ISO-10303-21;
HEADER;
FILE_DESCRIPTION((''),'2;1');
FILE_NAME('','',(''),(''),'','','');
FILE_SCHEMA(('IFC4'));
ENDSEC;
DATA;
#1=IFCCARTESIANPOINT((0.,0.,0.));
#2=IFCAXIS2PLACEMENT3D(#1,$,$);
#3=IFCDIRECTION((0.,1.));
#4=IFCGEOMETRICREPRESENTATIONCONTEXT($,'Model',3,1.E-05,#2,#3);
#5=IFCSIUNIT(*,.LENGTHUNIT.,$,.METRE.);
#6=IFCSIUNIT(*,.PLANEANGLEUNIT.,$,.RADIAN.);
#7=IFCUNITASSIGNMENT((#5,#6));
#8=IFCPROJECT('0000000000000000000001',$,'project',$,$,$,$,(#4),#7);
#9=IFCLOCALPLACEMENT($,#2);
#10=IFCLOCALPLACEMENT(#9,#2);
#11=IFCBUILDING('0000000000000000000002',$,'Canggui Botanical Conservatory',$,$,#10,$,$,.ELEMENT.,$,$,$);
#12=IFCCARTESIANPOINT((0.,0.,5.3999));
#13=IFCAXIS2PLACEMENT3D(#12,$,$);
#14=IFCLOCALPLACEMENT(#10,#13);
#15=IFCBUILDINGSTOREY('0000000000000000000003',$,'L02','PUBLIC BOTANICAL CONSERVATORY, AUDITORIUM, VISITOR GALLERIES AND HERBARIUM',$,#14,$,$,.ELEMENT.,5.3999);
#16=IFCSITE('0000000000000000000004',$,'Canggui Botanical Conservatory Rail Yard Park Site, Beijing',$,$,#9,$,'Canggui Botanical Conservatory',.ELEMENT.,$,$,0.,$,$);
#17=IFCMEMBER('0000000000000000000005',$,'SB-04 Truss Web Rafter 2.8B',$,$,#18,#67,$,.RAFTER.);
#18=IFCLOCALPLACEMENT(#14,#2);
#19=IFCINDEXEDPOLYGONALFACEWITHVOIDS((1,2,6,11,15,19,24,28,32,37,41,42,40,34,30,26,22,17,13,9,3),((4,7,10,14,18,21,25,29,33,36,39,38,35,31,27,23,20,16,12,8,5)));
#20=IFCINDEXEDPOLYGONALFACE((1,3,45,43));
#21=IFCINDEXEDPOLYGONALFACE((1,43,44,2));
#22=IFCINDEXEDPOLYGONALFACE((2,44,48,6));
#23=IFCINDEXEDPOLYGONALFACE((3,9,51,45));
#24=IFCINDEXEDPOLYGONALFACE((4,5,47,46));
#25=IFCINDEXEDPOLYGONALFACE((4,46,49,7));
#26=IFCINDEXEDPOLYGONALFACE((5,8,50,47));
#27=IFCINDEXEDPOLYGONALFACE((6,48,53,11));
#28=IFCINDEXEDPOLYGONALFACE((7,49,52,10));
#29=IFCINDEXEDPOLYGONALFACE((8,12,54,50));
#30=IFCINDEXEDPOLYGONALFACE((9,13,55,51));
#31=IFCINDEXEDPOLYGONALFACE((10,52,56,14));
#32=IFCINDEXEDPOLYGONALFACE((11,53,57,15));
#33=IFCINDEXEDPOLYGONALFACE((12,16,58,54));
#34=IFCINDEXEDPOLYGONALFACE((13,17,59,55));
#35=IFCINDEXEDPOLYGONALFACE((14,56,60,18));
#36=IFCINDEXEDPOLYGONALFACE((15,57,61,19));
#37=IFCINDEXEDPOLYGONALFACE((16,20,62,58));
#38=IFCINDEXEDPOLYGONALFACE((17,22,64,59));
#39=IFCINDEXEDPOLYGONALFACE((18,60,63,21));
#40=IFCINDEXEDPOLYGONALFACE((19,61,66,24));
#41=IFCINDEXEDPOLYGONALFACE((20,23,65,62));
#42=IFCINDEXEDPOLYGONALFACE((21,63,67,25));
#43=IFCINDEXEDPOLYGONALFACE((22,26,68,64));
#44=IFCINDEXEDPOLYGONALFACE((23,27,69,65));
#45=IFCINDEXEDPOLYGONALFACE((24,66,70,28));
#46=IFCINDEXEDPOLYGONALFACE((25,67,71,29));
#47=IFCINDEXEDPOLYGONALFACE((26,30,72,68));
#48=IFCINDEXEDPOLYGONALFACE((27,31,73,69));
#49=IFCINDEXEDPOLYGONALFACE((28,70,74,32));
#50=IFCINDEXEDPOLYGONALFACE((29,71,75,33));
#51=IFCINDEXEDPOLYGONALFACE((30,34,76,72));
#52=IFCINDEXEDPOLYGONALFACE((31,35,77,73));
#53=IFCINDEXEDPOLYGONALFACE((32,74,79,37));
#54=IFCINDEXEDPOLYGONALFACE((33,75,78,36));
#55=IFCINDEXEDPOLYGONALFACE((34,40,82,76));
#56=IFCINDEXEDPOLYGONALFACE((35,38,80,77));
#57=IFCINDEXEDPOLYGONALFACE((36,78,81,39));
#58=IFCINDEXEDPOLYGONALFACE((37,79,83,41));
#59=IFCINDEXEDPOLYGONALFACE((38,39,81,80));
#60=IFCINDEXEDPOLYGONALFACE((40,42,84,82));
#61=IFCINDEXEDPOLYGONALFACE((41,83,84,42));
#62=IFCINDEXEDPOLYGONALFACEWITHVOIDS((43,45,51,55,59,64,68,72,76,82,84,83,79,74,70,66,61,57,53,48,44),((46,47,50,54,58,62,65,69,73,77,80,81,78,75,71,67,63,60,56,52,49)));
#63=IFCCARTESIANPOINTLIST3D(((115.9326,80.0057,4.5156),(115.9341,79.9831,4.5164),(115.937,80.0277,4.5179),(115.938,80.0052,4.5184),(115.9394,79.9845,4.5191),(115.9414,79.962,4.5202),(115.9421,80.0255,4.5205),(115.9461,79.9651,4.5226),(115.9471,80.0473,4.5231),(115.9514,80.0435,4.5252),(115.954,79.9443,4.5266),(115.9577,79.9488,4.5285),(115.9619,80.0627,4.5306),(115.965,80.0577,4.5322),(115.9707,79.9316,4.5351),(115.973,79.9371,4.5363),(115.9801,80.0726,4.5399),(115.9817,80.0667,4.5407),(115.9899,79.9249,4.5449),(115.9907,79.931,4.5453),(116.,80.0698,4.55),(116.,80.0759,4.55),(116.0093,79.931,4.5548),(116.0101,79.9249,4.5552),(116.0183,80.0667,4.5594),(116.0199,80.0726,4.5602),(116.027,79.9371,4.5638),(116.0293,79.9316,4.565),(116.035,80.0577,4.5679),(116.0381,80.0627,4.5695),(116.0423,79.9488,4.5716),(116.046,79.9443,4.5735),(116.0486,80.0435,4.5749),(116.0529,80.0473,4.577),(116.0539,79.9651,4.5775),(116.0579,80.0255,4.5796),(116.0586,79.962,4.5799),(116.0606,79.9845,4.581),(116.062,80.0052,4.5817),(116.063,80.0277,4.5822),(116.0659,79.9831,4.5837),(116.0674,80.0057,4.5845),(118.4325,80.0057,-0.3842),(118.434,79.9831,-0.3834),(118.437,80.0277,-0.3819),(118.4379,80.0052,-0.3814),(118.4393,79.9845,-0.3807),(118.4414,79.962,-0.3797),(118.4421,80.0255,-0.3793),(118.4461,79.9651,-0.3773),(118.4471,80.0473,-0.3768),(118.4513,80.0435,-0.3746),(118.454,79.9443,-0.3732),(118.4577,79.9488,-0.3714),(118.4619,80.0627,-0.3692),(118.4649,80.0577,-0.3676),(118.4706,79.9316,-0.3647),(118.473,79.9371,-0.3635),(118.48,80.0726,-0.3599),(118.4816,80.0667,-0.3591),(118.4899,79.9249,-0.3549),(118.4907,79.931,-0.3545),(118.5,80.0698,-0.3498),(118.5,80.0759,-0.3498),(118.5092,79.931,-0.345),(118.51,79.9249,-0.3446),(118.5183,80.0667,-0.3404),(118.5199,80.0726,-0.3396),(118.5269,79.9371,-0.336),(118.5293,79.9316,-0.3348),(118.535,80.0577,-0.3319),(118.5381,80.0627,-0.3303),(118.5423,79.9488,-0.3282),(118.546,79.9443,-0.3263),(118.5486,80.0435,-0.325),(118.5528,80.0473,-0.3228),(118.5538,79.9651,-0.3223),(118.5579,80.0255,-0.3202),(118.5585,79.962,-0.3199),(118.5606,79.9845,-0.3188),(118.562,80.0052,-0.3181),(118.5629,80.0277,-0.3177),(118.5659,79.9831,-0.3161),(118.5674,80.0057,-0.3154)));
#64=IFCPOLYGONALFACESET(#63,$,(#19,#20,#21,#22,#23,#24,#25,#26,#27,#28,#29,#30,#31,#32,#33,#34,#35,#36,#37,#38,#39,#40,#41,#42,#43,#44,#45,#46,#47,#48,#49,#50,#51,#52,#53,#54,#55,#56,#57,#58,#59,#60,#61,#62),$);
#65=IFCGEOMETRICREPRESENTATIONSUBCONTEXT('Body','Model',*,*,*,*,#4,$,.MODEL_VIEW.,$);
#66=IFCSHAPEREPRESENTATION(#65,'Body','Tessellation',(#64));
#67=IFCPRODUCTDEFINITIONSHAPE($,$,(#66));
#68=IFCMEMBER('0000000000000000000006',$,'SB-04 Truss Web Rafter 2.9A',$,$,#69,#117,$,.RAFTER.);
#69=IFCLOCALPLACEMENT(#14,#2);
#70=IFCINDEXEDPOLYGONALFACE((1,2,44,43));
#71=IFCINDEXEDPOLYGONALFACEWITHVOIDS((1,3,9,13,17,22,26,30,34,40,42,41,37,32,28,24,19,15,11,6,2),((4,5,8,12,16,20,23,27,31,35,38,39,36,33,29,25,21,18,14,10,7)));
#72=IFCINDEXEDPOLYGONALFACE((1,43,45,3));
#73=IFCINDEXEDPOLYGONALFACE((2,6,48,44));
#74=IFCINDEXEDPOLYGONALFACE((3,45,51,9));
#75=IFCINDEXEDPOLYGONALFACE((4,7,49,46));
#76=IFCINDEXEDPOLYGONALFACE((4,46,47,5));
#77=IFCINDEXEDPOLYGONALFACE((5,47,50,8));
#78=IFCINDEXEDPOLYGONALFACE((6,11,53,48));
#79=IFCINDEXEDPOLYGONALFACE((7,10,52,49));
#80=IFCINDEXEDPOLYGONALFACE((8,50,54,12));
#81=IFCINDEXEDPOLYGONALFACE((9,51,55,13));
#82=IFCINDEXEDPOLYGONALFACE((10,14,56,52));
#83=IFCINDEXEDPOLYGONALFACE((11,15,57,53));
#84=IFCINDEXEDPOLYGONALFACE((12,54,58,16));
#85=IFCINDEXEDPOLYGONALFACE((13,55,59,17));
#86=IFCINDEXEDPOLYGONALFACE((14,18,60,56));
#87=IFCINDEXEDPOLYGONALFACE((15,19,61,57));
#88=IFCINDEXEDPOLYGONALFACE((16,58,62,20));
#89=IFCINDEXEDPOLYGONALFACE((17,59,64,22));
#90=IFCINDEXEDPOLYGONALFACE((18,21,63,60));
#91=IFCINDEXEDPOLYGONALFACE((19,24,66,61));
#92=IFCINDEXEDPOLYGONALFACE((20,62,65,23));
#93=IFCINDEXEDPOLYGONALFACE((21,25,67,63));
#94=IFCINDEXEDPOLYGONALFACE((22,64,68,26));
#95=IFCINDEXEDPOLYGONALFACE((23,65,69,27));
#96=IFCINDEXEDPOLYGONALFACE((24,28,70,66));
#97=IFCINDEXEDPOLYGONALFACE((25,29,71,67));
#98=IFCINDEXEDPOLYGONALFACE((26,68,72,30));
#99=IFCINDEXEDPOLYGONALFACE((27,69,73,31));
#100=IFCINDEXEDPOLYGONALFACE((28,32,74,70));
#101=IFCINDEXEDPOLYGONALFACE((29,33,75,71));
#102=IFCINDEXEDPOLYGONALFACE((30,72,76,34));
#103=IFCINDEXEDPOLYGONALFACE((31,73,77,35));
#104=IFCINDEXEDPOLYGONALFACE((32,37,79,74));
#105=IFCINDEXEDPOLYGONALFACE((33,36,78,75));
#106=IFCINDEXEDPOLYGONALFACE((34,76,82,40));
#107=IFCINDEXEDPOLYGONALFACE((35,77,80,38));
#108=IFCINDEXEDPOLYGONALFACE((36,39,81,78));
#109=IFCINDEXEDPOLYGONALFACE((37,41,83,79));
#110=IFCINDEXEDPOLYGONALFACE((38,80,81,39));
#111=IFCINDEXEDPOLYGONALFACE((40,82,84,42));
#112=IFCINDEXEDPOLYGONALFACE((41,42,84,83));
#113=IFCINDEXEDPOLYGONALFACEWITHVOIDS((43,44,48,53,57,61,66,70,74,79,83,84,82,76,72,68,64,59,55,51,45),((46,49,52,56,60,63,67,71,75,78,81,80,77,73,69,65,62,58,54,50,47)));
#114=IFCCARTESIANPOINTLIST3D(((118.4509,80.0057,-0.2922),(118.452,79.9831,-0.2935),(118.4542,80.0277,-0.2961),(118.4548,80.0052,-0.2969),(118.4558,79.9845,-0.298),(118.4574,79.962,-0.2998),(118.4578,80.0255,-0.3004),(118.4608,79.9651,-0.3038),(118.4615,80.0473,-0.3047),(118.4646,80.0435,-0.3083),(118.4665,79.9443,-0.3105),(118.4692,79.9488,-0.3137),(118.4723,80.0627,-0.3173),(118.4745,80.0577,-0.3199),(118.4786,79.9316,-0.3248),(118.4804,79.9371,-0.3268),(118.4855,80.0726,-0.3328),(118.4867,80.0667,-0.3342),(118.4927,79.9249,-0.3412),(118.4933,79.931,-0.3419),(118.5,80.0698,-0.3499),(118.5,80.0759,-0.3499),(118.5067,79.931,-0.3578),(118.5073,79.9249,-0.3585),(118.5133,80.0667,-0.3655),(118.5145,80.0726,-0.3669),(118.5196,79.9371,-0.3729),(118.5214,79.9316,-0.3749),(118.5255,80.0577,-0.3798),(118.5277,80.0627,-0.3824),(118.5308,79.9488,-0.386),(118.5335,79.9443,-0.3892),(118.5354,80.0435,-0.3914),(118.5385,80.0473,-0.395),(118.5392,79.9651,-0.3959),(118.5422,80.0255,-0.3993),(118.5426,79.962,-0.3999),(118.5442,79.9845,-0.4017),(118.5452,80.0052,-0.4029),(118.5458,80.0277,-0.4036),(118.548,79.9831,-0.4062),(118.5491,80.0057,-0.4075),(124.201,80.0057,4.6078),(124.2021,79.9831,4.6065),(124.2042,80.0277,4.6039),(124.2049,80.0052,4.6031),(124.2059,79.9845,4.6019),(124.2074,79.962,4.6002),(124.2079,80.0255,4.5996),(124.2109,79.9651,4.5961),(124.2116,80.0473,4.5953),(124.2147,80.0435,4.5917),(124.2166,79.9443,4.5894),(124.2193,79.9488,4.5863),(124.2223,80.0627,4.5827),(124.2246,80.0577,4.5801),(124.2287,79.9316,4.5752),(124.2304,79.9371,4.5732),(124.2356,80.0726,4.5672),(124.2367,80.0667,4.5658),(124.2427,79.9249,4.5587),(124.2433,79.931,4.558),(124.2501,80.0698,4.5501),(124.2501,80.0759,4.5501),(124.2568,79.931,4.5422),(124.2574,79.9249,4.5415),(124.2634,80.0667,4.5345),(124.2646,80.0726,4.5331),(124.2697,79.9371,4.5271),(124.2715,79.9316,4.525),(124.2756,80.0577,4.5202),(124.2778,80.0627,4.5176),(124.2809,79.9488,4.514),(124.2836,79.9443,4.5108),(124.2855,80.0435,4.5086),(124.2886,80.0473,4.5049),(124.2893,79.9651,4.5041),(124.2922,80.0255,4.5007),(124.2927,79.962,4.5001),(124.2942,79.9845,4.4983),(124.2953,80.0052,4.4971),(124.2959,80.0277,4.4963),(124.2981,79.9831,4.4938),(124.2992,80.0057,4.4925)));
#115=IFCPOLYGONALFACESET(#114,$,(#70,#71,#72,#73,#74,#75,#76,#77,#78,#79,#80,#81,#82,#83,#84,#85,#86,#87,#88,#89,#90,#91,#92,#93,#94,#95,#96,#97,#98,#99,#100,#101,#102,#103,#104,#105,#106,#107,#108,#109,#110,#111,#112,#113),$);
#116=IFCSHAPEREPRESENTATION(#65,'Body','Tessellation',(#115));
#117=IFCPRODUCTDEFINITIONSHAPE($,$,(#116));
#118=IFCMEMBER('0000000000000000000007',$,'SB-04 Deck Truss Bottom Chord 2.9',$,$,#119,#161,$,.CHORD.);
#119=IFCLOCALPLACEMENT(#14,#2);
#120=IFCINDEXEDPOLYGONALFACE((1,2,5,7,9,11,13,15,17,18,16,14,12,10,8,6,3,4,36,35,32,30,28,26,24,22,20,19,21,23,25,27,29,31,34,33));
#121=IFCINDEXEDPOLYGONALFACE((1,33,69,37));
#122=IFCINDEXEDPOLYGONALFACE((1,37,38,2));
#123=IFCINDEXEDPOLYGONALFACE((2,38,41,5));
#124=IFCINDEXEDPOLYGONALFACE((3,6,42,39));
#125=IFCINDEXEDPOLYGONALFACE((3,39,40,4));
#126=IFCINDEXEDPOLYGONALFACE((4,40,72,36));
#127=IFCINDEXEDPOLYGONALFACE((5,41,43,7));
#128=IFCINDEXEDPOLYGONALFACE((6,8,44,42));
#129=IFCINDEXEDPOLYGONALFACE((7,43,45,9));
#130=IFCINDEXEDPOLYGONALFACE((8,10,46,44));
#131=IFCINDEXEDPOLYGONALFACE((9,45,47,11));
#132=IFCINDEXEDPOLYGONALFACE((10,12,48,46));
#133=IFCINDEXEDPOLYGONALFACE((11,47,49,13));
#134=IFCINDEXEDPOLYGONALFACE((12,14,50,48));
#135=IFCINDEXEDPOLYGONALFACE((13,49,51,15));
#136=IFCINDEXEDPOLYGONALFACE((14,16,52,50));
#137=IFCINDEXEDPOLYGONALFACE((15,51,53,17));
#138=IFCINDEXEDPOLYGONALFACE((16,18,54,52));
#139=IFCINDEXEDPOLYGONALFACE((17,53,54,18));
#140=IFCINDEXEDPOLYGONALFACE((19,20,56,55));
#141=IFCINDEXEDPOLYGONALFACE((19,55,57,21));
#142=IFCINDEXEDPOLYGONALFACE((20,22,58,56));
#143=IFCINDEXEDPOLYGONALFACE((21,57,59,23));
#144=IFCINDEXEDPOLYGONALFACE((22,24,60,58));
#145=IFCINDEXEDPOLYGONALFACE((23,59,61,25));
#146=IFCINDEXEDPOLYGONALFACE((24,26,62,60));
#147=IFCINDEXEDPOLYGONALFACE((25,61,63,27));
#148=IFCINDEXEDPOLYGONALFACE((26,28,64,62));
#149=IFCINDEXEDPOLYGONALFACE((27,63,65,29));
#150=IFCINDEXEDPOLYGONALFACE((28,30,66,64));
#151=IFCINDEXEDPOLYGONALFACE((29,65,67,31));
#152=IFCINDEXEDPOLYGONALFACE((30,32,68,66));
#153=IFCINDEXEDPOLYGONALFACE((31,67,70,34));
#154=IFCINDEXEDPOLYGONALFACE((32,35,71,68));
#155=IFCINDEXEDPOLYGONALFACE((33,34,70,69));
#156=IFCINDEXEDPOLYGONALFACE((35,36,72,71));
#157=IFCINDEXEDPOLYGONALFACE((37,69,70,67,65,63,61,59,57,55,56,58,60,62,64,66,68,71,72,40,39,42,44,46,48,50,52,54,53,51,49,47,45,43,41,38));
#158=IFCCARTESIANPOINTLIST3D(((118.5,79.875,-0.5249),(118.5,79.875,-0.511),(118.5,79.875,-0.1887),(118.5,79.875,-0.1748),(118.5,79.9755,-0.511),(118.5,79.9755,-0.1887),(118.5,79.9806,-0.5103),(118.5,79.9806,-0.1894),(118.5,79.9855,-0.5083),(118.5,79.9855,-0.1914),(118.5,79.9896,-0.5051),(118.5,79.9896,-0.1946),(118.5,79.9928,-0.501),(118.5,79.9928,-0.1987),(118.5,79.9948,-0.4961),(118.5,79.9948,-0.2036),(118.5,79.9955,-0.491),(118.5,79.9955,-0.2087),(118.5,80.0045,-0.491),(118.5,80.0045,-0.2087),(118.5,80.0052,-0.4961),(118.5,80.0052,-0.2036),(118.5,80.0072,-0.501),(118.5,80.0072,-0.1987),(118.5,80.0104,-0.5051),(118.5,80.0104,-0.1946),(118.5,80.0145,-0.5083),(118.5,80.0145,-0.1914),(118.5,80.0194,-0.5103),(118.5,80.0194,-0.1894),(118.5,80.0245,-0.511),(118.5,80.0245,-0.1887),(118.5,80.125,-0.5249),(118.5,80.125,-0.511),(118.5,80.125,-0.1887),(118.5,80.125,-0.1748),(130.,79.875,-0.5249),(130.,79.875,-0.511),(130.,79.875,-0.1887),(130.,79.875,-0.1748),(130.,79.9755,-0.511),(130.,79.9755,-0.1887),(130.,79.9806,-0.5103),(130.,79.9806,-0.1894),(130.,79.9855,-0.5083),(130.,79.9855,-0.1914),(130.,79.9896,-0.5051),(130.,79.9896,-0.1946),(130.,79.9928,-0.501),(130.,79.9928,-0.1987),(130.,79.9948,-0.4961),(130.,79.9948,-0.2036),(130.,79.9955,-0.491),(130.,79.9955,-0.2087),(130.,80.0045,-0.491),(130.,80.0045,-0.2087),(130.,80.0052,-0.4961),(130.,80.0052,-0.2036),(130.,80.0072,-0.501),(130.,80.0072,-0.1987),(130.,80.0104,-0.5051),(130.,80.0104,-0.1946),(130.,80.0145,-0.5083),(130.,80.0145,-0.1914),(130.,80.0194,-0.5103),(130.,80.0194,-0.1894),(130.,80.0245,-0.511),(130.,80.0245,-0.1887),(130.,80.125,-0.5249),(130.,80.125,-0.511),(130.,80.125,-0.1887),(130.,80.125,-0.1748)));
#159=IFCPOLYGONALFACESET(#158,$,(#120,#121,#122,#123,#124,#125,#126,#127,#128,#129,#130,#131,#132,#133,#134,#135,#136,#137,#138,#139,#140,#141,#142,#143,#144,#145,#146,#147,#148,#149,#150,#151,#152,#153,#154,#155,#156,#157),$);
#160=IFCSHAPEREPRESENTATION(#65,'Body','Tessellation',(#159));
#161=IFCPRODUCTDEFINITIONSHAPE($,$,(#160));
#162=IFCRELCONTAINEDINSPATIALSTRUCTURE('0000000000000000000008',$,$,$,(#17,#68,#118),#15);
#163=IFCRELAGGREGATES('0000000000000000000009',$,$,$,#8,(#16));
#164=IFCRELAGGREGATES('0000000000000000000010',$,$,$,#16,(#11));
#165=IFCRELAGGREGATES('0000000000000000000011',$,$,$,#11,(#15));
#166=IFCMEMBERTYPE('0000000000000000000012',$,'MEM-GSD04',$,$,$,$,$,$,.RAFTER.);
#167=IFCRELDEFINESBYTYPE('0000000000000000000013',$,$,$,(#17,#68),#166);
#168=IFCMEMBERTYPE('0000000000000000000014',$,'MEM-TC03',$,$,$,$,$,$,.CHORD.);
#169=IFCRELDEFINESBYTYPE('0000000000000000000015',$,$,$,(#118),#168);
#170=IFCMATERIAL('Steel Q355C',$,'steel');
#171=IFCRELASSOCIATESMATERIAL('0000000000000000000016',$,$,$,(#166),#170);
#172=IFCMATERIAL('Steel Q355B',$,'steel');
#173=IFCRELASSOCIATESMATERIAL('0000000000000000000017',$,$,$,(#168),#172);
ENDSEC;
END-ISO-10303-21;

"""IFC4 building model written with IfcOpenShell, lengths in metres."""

from ifc_helpers import new_model, si_unit, direction, frame, origin, origin_2d, place, context, subcontext, project, spatial, hollow_circle, i_section, extrude, material, material_profile, profile_set, type_object, element, save


model = new_model("IFC4")

# Units and contexts
model_context = context("Model", 3, precision=1e-05, world=origin(), true_north=direction((0.0, 1.0)))
body_context = subcontext(model_context, "Body", "Model", "MODEL_VIEW")
ifc_project = project(units=[si_unit("LENGTHUNIT", "METRE"), si_unit("PLANEANGLEUNIT", "RADIAN")], contexts=[model_context])

# Site, building, storey
site_placement = place(None, origin())
site = spatial("IfcSite", under=ifc_project, at=site_placement, Name="Canggui Botanical Conservatory Rail Yard Park Site, Beijing", LongName="Canggui Botanical Conservatory", CompositionType="ELEMENT", RefElevation=0.0)
building_placement = place(site_placement, origin())
building = spatial("IfcBuilding", under=site, at=building_placement, Name="Canggui Botanical Conservatory", CompositionType="ELEMENT")
storey_placement = place(building_placement, frame((0.0, 0.0, 5.3999)))
storey = spatial("IfcBuildingStorey", under=building, at=storey_placement, Name="L02", Description="PUBLIC BOTANICAL CONSERVATORY, AUDITORIUM, VISITOR GALLERIES AND HERBARIUM", CompositionType="ELEMENT", Elevation=5.3999)

# Shared definitions
ifc_material_1 = material(Name="Steel Q355B", Category="steel")

# Members
ifc_material_2 = material(Name="Steel Q355C", Category="steel")
ifc_material_profile_1 = material_profile(ifc_material_2, hollow_circle(Radius=0.0759, WallThickness=0.0061, at=origin_2d()), Name="CHS 152x6")
ifc_profile_set_1 = profile_set([ifc_material_profile_1], Name="Steel Q355C")
member_type_1 = type_object("IfcMemberType", Name="MEM-GSD04", PredefinedType="RAFTER", material=ifc_profile_set_1)
member_1_placement = place(storey_placement, frame((116.0, 80.0, 4.55), z_axis=(0.454478, 0.0, -0.890758), x_axis=(0.0, 1.0, 0.0)))
element("IfcMember", 1, at=member_1_placement, inside=storey, type_object=member_type_1, Name="SB-04 Truss Web Rafter 2.8B", PredefinedType="RAFTER", context=body_context, shape_type="SweptSolid", body=[
    extrude(hollow_circle(Radius=0.0759, WallThickness=0.0061, at=origin_2d()), origin(), (0.0, 0.0, 1.0), 5.5007),
])
member_2_placement = place(storey_placement, frame((118.5, 80.0, -0.3499), z_axis=(0.761129, 0.0, 0.648601), x_axis=(0.0, 1.0, 0.0)))
element("IfcMember", 2, at=member_2_placement, inside=storey, type_object=member_type_1, Name="SB-04 Truss Web Rafter 2.9A", PredefinedType="RAFTER", context=body_context, shape_type="SweptSolid", body=[
    extrude(hollow_circle(Radius=0.0759, WallThickness=0.0061, at=origin_2d()), origin(), (0.0, 0.0, 1.0), 7.5547),
])
ifc_material_profile_2 = material_profile(ifc_material_1, i_section(OverallWidth=0.25, OverallDepth=0.3501, WebThickness=0.009, FlangeThickness=0.0139, FilletRadius=0.02, at=origin_2d()), Name="HM 350x250x9x14")
ifc_profile_set_2 = profile_set([ifc_material_profile_2], Name="Steel Q355B")
member_type_2 = type_object("IfcMemberType", Name="MEM-TC03", PredefinedType="CHORD", material=ifc_profile_set_2)
member_3_placement = place(storey_placement, frame((118.5, 80.0, -0.3499), z_axis=(1.0, 0.0, 0.0), x_axis=(0.0, 1.0, 0.0)))
element("IfcMember", 3, at=member_3_placement, inside=storey, type_object=member_type_2, Name="SB-04 Deck Truss Bottom Chord 2.9", PredefinedType="CHORD", context=body_context, shape_type="SweptSolid", body=[
    extrude(i_section(OverallWidth=0.25, OverallDepth=0.3501, WebThickness=0.009, FlangeThickness=0.0139, FilletRadius=0.02, at=origin_2d()), origin(), (0.0, 0.0, 1.0), 11.5),
])

save(model, "model.ifc")
